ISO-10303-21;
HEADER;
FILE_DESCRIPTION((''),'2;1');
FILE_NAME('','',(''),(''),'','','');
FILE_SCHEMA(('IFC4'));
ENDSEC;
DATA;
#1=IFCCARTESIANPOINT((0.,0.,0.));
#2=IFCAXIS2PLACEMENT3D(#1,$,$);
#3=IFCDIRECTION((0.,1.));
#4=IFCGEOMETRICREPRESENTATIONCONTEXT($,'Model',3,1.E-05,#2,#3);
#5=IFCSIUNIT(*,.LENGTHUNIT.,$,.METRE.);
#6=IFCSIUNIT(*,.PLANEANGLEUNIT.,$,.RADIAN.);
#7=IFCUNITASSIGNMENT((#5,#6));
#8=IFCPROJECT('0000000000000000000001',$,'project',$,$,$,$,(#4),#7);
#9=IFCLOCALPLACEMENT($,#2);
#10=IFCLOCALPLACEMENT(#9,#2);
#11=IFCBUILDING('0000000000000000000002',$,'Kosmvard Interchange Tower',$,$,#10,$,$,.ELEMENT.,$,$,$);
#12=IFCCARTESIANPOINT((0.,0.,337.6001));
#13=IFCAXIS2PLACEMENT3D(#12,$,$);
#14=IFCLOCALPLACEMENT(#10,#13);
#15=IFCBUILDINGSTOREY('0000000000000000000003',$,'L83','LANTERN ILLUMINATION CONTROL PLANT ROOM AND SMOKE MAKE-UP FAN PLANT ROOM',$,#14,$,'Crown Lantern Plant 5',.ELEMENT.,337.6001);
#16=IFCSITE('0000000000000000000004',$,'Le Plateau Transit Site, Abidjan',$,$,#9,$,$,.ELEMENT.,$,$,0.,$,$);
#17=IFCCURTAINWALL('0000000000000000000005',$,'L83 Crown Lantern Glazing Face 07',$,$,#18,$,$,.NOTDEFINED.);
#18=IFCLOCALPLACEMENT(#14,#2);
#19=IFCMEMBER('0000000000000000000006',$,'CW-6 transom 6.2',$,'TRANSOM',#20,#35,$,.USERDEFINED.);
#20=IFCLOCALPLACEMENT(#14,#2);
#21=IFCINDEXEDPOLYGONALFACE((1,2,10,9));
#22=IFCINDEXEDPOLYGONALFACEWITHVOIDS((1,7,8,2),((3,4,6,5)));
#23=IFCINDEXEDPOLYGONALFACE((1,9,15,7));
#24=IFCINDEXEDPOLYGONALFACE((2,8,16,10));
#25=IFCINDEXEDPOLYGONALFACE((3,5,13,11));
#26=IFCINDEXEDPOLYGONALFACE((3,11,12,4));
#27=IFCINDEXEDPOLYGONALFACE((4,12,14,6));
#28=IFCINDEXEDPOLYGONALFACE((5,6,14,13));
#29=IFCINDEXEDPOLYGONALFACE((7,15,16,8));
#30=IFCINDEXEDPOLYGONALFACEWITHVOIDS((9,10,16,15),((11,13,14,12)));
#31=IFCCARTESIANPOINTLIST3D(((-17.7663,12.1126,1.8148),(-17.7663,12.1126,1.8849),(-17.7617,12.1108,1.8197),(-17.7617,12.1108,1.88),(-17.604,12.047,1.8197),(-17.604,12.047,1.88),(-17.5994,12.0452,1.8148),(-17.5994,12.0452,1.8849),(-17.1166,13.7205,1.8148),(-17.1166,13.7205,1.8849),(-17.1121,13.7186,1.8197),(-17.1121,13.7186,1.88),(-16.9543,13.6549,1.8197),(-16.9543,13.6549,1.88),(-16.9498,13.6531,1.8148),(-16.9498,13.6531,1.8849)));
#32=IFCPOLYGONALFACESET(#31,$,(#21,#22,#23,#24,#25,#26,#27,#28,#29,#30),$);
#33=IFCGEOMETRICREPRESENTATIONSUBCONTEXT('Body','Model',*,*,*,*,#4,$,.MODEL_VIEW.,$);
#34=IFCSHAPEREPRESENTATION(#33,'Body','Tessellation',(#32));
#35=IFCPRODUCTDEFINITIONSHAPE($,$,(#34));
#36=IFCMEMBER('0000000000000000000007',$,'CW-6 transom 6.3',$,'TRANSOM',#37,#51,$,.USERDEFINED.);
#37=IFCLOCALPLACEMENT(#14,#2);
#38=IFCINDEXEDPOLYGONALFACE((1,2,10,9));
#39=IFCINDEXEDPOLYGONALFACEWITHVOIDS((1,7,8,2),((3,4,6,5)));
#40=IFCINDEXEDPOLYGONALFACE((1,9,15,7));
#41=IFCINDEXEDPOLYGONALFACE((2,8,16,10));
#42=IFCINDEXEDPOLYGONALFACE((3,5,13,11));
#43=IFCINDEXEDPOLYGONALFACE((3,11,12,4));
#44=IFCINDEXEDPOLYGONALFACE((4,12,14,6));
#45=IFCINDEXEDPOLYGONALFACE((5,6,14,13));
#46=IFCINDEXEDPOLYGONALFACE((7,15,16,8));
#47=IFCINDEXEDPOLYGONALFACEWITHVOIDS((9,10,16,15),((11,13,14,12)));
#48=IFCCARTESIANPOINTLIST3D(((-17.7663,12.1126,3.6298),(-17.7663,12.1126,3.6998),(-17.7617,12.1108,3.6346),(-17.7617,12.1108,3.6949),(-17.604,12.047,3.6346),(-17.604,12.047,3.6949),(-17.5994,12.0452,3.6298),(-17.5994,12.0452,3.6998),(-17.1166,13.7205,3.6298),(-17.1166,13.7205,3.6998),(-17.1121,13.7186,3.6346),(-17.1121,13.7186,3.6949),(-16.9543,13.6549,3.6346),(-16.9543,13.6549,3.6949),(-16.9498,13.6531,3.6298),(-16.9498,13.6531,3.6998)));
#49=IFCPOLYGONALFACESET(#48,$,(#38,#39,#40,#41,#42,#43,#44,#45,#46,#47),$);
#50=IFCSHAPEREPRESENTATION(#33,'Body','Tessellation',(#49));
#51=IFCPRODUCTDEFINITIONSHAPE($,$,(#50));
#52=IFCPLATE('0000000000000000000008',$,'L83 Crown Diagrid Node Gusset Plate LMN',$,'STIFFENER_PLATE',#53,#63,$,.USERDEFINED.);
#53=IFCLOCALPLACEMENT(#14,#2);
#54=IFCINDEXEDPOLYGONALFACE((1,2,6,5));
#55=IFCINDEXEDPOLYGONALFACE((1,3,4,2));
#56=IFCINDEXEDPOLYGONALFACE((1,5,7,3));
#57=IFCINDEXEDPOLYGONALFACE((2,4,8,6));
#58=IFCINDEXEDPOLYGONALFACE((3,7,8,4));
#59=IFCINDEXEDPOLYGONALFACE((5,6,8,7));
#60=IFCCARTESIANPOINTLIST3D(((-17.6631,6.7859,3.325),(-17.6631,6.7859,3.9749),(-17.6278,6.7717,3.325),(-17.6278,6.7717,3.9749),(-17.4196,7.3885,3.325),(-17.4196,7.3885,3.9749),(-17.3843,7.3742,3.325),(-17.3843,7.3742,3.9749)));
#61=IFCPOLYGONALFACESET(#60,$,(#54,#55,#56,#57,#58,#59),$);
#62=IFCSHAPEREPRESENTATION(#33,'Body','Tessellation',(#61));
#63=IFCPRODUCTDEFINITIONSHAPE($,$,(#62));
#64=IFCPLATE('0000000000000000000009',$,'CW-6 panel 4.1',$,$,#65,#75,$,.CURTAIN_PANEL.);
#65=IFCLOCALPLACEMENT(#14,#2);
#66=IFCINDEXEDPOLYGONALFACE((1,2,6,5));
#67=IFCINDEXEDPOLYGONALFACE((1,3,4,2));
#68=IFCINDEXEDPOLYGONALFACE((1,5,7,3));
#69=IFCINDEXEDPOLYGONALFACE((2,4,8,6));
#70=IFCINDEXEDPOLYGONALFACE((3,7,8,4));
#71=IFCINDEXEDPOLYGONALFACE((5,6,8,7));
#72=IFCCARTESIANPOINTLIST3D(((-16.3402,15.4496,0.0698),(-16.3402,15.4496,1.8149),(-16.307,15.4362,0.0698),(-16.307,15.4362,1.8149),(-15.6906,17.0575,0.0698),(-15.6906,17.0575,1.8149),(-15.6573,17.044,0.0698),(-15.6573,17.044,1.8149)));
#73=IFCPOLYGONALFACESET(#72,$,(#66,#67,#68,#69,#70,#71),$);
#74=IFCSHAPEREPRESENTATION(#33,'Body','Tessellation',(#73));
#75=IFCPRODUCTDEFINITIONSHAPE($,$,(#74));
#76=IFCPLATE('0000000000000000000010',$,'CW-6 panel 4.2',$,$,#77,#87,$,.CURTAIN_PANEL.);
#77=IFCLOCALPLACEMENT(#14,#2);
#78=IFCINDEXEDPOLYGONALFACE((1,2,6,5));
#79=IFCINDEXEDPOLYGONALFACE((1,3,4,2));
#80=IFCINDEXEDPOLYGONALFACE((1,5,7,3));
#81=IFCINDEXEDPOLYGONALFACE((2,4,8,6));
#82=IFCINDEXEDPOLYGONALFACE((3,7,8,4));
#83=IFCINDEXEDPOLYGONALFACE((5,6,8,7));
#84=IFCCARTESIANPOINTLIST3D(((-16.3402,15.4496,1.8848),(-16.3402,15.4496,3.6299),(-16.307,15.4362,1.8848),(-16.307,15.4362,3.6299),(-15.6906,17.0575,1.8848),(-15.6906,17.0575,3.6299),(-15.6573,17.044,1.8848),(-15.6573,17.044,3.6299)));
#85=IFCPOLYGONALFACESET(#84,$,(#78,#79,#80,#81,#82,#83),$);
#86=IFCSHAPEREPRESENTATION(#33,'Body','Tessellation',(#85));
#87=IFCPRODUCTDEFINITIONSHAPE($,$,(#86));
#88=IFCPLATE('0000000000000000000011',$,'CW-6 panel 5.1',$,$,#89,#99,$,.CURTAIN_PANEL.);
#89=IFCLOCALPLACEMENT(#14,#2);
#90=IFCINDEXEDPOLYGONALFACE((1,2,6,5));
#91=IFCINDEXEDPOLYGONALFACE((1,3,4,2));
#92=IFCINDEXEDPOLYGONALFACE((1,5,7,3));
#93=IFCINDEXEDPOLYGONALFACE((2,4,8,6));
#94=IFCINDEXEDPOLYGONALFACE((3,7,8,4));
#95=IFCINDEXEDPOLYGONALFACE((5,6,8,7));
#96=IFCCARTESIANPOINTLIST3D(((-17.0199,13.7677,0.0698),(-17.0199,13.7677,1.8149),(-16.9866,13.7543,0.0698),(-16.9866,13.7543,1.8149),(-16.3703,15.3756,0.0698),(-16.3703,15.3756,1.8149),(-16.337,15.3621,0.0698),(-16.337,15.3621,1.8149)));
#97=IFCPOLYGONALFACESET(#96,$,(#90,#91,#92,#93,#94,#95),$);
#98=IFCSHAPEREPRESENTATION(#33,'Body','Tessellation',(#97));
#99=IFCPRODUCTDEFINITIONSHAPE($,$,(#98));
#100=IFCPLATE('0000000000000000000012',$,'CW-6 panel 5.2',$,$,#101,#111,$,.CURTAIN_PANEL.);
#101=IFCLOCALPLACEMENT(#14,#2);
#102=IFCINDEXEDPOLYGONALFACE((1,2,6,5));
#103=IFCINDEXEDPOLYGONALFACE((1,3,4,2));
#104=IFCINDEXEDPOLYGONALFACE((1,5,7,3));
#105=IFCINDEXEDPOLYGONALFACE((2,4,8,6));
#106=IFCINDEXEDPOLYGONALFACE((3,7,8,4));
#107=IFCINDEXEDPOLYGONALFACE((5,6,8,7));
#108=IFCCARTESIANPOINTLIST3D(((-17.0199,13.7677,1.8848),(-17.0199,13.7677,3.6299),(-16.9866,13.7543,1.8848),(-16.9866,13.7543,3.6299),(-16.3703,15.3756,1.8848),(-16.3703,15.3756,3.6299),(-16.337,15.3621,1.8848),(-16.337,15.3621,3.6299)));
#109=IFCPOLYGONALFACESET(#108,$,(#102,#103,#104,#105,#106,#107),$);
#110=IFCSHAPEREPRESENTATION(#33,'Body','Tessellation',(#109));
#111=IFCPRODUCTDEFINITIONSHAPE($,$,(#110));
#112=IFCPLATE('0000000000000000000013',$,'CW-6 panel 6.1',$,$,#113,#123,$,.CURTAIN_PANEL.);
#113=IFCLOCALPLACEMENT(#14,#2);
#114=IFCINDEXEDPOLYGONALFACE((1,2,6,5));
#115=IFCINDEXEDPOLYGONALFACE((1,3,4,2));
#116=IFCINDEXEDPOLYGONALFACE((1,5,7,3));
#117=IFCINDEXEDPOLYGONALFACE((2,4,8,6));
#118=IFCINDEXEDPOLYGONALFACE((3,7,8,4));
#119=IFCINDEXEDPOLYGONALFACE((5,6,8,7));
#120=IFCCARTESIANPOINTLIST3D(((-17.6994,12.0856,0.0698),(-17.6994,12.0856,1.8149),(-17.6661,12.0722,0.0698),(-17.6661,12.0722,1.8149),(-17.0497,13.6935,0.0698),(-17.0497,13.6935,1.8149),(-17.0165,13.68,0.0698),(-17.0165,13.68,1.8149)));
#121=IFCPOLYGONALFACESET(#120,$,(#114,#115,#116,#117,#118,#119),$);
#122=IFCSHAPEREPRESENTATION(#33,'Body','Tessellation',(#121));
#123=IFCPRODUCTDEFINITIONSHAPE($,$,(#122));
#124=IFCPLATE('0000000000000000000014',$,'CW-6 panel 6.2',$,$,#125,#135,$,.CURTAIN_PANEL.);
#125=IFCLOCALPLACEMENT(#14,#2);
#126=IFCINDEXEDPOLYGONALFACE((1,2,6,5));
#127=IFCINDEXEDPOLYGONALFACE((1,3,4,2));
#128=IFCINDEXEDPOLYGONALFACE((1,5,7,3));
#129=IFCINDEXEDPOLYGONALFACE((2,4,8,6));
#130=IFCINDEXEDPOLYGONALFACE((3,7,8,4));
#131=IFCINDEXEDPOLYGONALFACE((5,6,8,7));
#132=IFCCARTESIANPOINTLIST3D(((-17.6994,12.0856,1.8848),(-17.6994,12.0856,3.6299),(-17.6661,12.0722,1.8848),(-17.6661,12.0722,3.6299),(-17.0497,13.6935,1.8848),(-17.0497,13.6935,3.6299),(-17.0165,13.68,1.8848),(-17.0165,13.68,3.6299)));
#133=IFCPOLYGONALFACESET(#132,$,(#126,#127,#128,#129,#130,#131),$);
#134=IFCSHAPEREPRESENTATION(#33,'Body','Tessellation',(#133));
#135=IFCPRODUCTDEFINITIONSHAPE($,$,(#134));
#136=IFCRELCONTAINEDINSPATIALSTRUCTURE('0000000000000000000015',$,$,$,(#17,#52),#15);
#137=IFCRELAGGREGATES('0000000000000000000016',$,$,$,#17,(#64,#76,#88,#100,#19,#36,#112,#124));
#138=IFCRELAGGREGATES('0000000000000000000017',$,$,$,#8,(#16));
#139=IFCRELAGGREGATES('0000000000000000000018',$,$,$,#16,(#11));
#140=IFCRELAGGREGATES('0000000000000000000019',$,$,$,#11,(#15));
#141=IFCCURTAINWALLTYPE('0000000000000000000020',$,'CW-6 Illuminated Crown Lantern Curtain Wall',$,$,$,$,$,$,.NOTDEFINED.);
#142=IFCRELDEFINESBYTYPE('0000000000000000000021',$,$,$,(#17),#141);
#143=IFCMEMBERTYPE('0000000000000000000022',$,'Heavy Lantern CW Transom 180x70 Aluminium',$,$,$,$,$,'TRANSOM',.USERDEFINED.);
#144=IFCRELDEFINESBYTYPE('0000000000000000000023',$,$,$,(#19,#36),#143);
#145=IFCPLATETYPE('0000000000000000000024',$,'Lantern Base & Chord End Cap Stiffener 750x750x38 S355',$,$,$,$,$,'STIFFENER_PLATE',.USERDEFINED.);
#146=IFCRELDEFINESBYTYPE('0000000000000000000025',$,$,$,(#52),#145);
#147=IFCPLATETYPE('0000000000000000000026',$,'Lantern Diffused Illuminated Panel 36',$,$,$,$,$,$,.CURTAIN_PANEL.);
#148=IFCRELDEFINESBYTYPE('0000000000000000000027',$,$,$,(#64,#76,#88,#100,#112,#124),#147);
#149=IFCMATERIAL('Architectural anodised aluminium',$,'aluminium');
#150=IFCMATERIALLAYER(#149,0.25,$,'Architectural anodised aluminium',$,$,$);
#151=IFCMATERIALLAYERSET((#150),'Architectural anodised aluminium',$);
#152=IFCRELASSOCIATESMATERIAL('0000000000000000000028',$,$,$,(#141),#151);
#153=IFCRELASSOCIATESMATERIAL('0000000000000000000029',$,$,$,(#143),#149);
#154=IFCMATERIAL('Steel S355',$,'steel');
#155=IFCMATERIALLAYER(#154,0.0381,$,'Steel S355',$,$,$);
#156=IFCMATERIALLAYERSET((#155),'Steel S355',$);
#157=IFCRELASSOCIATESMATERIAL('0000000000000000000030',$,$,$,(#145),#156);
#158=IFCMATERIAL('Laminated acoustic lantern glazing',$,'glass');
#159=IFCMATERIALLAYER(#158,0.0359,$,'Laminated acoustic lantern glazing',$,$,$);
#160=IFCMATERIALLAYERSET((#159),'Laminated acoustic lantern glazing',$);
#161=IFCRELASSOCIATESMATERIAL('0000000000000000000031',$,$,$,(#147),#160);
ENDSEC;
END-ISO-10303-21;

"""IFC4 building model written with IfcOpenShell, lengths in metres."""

from ifc_helpers import new_model, si_unit, direction, frame, origin, origin_2d, place, context, subcontext, project, spatial, rectangle, hollow_rectangle, extrude, source, transform, mapped, material, layer, layer_set, material_profile, profile_set, type_object, element, aggregate, save


model = new_model("IFC4")

# Units and contexts
model_context = context("Model", 3, precision=1e-05, world=origin(), true_north=direction((0.0, 1.0)))
body_context = subcontext(model_context, "Body", "Model", "MODEL_VIEW")
ifc_project = project(units=[si_unit("LENGTHUNIT", "METRE"), si_unit("PLANEANGLEUNIT", "RADIAN")], contexts=[model_context])

# Site, building, storey
site_placement = place(None, origin())
site = spatial("IfcSite", under=ifc_project, at=site_placement, Name="Le Plateau Transit Site, Abidjan", CompositionType="ELEMENT", RefElevation=0.0)
building_placement = place(site_placement, origin())
building = spatial("IfcBuilding", under=site, at=building_placement, Name="Kosmvard Interchange Tower", CompositionType="ELEMENT")
storey_placement = place(building_placement, frame((0.0, 0.0, 337.6001)))
storey = spatial("IfcBuildingStorey", under=building, at=storey_placement, Name="L83", Description="LANTERN ILLUMINATION CONTROL PLANT ROOM AND SMOKE MAKE-UP FAN PLANT ROOM", LongName="Crown Lantern Plant 5", CompositionType="ELEMENT", Elevation=337.6001)

# Shared definitions
ifc_material_1 = material(Name="Steel S355", Category="steel")

# Curtain wall, members
ifc_material_2 = material(Name="Architectural anodised aluminium", Category="aluminium")
ifc_layer_1 = layer(ifc_material_2, 0.25, Name="Architectural anodised aluminium")
ifc_layer_set_1 = layer_set([ifc_layer_1], Name="Architectural anodised aluminium")
curtain_wall_type = type_object("IfcCurtainWallType", Name="CW-6 Illuminated Crown Lantern Curtain Wall", PredefinedType="NOTDEFINED", material=ifc_layer_set_1)
curtain_wall_placement = place(storey_placement, origin())
curtain_wall = element("IfcCurtainWall", 1, at=curtain_wall_placement, inside=storey, type_object=curtain_wall_type, Name="L83 Crown Lantern Glazing Face 07", PredefinedType="NOTDEFINED")
ifc_material_profile_1 = material_profile(ifc_material_2, hollow_rectangle(XDim=0.1799, YDim=0.0701, WallThickness=0.0049, at=origin_2d()), Name="CWT 180x70x5")
ifc_profile_set_1 = profile_set([ifc_material_profile_1], Name="Architectural anodised aluminium")
member_type_1 = type_object("IfcMemberType", Name="Heavy Lantern CW Transom 180x70 Aluminium", ElementType="TRANSOM", PredefinedType="USERDEFINED", material=ifc_profile_set_1)
shared_shape_1 = source(origin(), body_context, "Body", "SweptSolid", [
    extrude(hollow_rectangle(XDim=0.1799, YDim=0.0701, WallThickness=0.0049, at=origin_2d()), origin(), (0.0, 0.0, 1.0), 1.7341),
])
member_1_placement = place(storey_placement, frame((-17.0332, 13.6868, 1.8499), z_axis=(-0.374617, -0.92718, 0.0), x_axis=(0.92718, -0.374617, 0.0)))
member_1 = element("IfcMember", 2, at=member_1_placement, type_object=member_type_1, Name="CW-6 transom 6.2", ObjectType="TRANSOM", PredefinedType="USERDEFINED", context=body_context, shape_type="MappedRepresentation", body=[
    mapped(shared_shape_1, transform((0.0, 0.0, 0.0), scale=1.0)),
])
member_2_placement = place(storey_placement, frame((-17.0332, 13.6868, 3.6648), z_axis=(-0.374617, -0.92718, 0.0), x_axis=(0.92718, -0.374617, 0.0)))
member_2 = element("IfcMember", 3, at=member_2_placement, type_object=member_type_1, Name="CW-6 transom 6.3", ObjectType="TRANSOM", PredefinedType="USERDEFINED", context=body_context, shape_type="MappedRepresentation", body=[
    mapped(shared_shape_1, transform((0.0, 0.0, 0.0), scale=1.0)),
])

# Plates
ifc_layer_2 = layer(ifc_material_1, 0.0381, Name="Steel S355")
ifc_layer_set_2 = layer_set([ifc_layer_2], Name="Steel S355")
plate_type_1 = type_object("IfcPlateType", Name="Lantern Base & Chord End Cap Stiffener 750x750x38 S355", ElementType="STIFFENER_PLATE", PredefinedType="USERDEFINED", material=ifc_layer_set_2)
shared_shape_2 = source(origin(), body_context, "Body", "SweptSolid", [
    extrude(rectangle(XDim=0.6499, YDim=0.0381, at=origin_2d()), origin(), (0.0, 0.0, 1.0), 0.6499),
])
plate_1_placement = place(storey_placement, frame((-17.5237, 7.0801, 3.325), z_axis=(0.0, 0.0, 1.0), x_axis=(0.374607, 0.927184, 0.0)))
element("IfcPlate", 4, at=plate_1_placement, inside=storey, type_object=plate_type_1, Name="L83 Crown Diagrid Node Gusset Plate LMN", ObjectType="STIFFENER_PLATE", PredefinedType="USERDEFINED", context=body_context, shape_type="MappedRepresentation", body=[
    mapped(shared_shape_2, transform((0.0, 0.0, 0.0), scale=1.0)),
])
ifc_material_3 = material(Name="Laminated acoustic lantern glazing", Category="glass")
ifc_layer_3 = layer(ifc_material_3, 0.0359, Name="Laminated acoustic lantern glazing")
ifc_layer_set_3 = layer_set([ifc_layer_3], Name="Laminated acoustic lantern glazing")
plate_type_2 = type_object("IfcPlateType", Name="Lantern Diffused Illuminated Panel 36", PredefinedType="CURTAIN_PANEL", material=ifc_layer_set_3)
shared_shape_3 = source(origin(), body_context, "Body", "SweptSolid", [
    extrude(rectangle(XDim=1.7341, YDim=0.0359, at=origin_2d()), origin(), (0.0, 0.0, 1.0), 1.7451),
])
plate_2_placement = place(storey_placement, frame((-15.9988, 16.2468, 0.0698), z_axis=(0.0, 0.0, 1.0), x_axis=(-0.374607, -0.927184, 0.0)))
plate_2 = element("IfcPlate", 5, at=plate_2_placement, type_object=plate_type_2, Name="CW-6 panel 4.1", PredefinedType="CURTAIN_PANEL", context=body_context, shape_type="MappedRepresentation", body=[
    mapped(shared_shape_3, transform((0.0, 0.0, 0.0), scale=1.0)),
])
plate_3_placement = place(storey_placement, frame((-15.9988, 16.2468, 1.8848), z_axis=(0.0, 0.0, 1.0), x_axis=(-0.374607, -0.927184, 0.0)))
plate_3 = element("IfcPlate", 6, at=plate_3_placement, type_object=plate_type_2, Name="CW-6 panel 4.2", PredefinedType="CURTAIN_PANEL", context=body_context, shape_type="MappedRepresentation", body=[
    mapped(shared_shape_3, transform((0.0, 0.0, 0.0), scale=1.0)),
])
plate_4_placement = place(storey_placement, frame((-16.6785, 14.5649, 0.0698), z_axis=(0.0, 0.0, 1.0), x_axis=(-0.374607, -0.927184, 0.0)))
plate_4 = element("IfcPlate", 7, at=plate_4_placement, type_object=plate_type_2, Name="CW-6 panel 5.1", PredefinedType="CURTAIN_PANEL", context=body_context, shape_type="MappedRepresentation", body=[
    mapped(shared_shape_3, transform((0.0, 0.0, 0.0), scale=1.0)),
])
plate_5_placement = place(storey_placement, frame((-16.6785, 14.5649, 1.8848), z_axis=(0.0, 0.0, 1.0), x_axis=(-0.374607, -0.927184, 0.0)))
plate_5 = element("IfcPlate", 8, at=plate_5_placement, type_object=plate_type_2, Name="CW-6 panel 5.2", PredefinedType="CURTAIN_PANEL", context=body_context, shape_type="MappedRepresentation", body=[
    mapped(shared_shape_3, transform((0.0, 0.0, 0.0), scale=1.0)),
])
plate_6_placement = place(storey_placement, frame((-17.3579, 12.8828, 0.0698), z_axis=(0.0, 0.0, 1.0), x_axis=(-0.374607, -0.927184, 0.0)))
plate_6 = element("IfcPlate", 9, at=plate_6_placement, type_object=plate_type_2, Name="CW-6 panel 6.1", PredefinedType="CURTAIN_PANEL", context=body_context, shape_type="MappedRepresentation", body=[
    mapped(shared_shape_3, transform((0.0, 0.0, 0.0), scale=1.0)),
])
plate_7_placement = place(storey_placement, frame((-17.3579, 12.8828, 1.8848), z_axis=(0.0, 0.0, 1.0), x_axis=(-0.374607, -0.927184, 0.0)))
plate_7 = element("IfcPlate", 10, at=plate_7_placement, type_object=plate_type_2, Name="CW-6 panel 6.2", PredefinedType="CURTAIN_PANEL", context=body_context, shape_type="MappedRepresentation", body=[
    mapped(shared_shape_3, transform((0.0, 0.0, 0.0), scale=1.0)),
])
aggregate(curtain_wall, [plate_2, plate_3, plate_4, plate_5, member_1, member_2, plate_6, plate_7])

save(model, "model.ifc")
